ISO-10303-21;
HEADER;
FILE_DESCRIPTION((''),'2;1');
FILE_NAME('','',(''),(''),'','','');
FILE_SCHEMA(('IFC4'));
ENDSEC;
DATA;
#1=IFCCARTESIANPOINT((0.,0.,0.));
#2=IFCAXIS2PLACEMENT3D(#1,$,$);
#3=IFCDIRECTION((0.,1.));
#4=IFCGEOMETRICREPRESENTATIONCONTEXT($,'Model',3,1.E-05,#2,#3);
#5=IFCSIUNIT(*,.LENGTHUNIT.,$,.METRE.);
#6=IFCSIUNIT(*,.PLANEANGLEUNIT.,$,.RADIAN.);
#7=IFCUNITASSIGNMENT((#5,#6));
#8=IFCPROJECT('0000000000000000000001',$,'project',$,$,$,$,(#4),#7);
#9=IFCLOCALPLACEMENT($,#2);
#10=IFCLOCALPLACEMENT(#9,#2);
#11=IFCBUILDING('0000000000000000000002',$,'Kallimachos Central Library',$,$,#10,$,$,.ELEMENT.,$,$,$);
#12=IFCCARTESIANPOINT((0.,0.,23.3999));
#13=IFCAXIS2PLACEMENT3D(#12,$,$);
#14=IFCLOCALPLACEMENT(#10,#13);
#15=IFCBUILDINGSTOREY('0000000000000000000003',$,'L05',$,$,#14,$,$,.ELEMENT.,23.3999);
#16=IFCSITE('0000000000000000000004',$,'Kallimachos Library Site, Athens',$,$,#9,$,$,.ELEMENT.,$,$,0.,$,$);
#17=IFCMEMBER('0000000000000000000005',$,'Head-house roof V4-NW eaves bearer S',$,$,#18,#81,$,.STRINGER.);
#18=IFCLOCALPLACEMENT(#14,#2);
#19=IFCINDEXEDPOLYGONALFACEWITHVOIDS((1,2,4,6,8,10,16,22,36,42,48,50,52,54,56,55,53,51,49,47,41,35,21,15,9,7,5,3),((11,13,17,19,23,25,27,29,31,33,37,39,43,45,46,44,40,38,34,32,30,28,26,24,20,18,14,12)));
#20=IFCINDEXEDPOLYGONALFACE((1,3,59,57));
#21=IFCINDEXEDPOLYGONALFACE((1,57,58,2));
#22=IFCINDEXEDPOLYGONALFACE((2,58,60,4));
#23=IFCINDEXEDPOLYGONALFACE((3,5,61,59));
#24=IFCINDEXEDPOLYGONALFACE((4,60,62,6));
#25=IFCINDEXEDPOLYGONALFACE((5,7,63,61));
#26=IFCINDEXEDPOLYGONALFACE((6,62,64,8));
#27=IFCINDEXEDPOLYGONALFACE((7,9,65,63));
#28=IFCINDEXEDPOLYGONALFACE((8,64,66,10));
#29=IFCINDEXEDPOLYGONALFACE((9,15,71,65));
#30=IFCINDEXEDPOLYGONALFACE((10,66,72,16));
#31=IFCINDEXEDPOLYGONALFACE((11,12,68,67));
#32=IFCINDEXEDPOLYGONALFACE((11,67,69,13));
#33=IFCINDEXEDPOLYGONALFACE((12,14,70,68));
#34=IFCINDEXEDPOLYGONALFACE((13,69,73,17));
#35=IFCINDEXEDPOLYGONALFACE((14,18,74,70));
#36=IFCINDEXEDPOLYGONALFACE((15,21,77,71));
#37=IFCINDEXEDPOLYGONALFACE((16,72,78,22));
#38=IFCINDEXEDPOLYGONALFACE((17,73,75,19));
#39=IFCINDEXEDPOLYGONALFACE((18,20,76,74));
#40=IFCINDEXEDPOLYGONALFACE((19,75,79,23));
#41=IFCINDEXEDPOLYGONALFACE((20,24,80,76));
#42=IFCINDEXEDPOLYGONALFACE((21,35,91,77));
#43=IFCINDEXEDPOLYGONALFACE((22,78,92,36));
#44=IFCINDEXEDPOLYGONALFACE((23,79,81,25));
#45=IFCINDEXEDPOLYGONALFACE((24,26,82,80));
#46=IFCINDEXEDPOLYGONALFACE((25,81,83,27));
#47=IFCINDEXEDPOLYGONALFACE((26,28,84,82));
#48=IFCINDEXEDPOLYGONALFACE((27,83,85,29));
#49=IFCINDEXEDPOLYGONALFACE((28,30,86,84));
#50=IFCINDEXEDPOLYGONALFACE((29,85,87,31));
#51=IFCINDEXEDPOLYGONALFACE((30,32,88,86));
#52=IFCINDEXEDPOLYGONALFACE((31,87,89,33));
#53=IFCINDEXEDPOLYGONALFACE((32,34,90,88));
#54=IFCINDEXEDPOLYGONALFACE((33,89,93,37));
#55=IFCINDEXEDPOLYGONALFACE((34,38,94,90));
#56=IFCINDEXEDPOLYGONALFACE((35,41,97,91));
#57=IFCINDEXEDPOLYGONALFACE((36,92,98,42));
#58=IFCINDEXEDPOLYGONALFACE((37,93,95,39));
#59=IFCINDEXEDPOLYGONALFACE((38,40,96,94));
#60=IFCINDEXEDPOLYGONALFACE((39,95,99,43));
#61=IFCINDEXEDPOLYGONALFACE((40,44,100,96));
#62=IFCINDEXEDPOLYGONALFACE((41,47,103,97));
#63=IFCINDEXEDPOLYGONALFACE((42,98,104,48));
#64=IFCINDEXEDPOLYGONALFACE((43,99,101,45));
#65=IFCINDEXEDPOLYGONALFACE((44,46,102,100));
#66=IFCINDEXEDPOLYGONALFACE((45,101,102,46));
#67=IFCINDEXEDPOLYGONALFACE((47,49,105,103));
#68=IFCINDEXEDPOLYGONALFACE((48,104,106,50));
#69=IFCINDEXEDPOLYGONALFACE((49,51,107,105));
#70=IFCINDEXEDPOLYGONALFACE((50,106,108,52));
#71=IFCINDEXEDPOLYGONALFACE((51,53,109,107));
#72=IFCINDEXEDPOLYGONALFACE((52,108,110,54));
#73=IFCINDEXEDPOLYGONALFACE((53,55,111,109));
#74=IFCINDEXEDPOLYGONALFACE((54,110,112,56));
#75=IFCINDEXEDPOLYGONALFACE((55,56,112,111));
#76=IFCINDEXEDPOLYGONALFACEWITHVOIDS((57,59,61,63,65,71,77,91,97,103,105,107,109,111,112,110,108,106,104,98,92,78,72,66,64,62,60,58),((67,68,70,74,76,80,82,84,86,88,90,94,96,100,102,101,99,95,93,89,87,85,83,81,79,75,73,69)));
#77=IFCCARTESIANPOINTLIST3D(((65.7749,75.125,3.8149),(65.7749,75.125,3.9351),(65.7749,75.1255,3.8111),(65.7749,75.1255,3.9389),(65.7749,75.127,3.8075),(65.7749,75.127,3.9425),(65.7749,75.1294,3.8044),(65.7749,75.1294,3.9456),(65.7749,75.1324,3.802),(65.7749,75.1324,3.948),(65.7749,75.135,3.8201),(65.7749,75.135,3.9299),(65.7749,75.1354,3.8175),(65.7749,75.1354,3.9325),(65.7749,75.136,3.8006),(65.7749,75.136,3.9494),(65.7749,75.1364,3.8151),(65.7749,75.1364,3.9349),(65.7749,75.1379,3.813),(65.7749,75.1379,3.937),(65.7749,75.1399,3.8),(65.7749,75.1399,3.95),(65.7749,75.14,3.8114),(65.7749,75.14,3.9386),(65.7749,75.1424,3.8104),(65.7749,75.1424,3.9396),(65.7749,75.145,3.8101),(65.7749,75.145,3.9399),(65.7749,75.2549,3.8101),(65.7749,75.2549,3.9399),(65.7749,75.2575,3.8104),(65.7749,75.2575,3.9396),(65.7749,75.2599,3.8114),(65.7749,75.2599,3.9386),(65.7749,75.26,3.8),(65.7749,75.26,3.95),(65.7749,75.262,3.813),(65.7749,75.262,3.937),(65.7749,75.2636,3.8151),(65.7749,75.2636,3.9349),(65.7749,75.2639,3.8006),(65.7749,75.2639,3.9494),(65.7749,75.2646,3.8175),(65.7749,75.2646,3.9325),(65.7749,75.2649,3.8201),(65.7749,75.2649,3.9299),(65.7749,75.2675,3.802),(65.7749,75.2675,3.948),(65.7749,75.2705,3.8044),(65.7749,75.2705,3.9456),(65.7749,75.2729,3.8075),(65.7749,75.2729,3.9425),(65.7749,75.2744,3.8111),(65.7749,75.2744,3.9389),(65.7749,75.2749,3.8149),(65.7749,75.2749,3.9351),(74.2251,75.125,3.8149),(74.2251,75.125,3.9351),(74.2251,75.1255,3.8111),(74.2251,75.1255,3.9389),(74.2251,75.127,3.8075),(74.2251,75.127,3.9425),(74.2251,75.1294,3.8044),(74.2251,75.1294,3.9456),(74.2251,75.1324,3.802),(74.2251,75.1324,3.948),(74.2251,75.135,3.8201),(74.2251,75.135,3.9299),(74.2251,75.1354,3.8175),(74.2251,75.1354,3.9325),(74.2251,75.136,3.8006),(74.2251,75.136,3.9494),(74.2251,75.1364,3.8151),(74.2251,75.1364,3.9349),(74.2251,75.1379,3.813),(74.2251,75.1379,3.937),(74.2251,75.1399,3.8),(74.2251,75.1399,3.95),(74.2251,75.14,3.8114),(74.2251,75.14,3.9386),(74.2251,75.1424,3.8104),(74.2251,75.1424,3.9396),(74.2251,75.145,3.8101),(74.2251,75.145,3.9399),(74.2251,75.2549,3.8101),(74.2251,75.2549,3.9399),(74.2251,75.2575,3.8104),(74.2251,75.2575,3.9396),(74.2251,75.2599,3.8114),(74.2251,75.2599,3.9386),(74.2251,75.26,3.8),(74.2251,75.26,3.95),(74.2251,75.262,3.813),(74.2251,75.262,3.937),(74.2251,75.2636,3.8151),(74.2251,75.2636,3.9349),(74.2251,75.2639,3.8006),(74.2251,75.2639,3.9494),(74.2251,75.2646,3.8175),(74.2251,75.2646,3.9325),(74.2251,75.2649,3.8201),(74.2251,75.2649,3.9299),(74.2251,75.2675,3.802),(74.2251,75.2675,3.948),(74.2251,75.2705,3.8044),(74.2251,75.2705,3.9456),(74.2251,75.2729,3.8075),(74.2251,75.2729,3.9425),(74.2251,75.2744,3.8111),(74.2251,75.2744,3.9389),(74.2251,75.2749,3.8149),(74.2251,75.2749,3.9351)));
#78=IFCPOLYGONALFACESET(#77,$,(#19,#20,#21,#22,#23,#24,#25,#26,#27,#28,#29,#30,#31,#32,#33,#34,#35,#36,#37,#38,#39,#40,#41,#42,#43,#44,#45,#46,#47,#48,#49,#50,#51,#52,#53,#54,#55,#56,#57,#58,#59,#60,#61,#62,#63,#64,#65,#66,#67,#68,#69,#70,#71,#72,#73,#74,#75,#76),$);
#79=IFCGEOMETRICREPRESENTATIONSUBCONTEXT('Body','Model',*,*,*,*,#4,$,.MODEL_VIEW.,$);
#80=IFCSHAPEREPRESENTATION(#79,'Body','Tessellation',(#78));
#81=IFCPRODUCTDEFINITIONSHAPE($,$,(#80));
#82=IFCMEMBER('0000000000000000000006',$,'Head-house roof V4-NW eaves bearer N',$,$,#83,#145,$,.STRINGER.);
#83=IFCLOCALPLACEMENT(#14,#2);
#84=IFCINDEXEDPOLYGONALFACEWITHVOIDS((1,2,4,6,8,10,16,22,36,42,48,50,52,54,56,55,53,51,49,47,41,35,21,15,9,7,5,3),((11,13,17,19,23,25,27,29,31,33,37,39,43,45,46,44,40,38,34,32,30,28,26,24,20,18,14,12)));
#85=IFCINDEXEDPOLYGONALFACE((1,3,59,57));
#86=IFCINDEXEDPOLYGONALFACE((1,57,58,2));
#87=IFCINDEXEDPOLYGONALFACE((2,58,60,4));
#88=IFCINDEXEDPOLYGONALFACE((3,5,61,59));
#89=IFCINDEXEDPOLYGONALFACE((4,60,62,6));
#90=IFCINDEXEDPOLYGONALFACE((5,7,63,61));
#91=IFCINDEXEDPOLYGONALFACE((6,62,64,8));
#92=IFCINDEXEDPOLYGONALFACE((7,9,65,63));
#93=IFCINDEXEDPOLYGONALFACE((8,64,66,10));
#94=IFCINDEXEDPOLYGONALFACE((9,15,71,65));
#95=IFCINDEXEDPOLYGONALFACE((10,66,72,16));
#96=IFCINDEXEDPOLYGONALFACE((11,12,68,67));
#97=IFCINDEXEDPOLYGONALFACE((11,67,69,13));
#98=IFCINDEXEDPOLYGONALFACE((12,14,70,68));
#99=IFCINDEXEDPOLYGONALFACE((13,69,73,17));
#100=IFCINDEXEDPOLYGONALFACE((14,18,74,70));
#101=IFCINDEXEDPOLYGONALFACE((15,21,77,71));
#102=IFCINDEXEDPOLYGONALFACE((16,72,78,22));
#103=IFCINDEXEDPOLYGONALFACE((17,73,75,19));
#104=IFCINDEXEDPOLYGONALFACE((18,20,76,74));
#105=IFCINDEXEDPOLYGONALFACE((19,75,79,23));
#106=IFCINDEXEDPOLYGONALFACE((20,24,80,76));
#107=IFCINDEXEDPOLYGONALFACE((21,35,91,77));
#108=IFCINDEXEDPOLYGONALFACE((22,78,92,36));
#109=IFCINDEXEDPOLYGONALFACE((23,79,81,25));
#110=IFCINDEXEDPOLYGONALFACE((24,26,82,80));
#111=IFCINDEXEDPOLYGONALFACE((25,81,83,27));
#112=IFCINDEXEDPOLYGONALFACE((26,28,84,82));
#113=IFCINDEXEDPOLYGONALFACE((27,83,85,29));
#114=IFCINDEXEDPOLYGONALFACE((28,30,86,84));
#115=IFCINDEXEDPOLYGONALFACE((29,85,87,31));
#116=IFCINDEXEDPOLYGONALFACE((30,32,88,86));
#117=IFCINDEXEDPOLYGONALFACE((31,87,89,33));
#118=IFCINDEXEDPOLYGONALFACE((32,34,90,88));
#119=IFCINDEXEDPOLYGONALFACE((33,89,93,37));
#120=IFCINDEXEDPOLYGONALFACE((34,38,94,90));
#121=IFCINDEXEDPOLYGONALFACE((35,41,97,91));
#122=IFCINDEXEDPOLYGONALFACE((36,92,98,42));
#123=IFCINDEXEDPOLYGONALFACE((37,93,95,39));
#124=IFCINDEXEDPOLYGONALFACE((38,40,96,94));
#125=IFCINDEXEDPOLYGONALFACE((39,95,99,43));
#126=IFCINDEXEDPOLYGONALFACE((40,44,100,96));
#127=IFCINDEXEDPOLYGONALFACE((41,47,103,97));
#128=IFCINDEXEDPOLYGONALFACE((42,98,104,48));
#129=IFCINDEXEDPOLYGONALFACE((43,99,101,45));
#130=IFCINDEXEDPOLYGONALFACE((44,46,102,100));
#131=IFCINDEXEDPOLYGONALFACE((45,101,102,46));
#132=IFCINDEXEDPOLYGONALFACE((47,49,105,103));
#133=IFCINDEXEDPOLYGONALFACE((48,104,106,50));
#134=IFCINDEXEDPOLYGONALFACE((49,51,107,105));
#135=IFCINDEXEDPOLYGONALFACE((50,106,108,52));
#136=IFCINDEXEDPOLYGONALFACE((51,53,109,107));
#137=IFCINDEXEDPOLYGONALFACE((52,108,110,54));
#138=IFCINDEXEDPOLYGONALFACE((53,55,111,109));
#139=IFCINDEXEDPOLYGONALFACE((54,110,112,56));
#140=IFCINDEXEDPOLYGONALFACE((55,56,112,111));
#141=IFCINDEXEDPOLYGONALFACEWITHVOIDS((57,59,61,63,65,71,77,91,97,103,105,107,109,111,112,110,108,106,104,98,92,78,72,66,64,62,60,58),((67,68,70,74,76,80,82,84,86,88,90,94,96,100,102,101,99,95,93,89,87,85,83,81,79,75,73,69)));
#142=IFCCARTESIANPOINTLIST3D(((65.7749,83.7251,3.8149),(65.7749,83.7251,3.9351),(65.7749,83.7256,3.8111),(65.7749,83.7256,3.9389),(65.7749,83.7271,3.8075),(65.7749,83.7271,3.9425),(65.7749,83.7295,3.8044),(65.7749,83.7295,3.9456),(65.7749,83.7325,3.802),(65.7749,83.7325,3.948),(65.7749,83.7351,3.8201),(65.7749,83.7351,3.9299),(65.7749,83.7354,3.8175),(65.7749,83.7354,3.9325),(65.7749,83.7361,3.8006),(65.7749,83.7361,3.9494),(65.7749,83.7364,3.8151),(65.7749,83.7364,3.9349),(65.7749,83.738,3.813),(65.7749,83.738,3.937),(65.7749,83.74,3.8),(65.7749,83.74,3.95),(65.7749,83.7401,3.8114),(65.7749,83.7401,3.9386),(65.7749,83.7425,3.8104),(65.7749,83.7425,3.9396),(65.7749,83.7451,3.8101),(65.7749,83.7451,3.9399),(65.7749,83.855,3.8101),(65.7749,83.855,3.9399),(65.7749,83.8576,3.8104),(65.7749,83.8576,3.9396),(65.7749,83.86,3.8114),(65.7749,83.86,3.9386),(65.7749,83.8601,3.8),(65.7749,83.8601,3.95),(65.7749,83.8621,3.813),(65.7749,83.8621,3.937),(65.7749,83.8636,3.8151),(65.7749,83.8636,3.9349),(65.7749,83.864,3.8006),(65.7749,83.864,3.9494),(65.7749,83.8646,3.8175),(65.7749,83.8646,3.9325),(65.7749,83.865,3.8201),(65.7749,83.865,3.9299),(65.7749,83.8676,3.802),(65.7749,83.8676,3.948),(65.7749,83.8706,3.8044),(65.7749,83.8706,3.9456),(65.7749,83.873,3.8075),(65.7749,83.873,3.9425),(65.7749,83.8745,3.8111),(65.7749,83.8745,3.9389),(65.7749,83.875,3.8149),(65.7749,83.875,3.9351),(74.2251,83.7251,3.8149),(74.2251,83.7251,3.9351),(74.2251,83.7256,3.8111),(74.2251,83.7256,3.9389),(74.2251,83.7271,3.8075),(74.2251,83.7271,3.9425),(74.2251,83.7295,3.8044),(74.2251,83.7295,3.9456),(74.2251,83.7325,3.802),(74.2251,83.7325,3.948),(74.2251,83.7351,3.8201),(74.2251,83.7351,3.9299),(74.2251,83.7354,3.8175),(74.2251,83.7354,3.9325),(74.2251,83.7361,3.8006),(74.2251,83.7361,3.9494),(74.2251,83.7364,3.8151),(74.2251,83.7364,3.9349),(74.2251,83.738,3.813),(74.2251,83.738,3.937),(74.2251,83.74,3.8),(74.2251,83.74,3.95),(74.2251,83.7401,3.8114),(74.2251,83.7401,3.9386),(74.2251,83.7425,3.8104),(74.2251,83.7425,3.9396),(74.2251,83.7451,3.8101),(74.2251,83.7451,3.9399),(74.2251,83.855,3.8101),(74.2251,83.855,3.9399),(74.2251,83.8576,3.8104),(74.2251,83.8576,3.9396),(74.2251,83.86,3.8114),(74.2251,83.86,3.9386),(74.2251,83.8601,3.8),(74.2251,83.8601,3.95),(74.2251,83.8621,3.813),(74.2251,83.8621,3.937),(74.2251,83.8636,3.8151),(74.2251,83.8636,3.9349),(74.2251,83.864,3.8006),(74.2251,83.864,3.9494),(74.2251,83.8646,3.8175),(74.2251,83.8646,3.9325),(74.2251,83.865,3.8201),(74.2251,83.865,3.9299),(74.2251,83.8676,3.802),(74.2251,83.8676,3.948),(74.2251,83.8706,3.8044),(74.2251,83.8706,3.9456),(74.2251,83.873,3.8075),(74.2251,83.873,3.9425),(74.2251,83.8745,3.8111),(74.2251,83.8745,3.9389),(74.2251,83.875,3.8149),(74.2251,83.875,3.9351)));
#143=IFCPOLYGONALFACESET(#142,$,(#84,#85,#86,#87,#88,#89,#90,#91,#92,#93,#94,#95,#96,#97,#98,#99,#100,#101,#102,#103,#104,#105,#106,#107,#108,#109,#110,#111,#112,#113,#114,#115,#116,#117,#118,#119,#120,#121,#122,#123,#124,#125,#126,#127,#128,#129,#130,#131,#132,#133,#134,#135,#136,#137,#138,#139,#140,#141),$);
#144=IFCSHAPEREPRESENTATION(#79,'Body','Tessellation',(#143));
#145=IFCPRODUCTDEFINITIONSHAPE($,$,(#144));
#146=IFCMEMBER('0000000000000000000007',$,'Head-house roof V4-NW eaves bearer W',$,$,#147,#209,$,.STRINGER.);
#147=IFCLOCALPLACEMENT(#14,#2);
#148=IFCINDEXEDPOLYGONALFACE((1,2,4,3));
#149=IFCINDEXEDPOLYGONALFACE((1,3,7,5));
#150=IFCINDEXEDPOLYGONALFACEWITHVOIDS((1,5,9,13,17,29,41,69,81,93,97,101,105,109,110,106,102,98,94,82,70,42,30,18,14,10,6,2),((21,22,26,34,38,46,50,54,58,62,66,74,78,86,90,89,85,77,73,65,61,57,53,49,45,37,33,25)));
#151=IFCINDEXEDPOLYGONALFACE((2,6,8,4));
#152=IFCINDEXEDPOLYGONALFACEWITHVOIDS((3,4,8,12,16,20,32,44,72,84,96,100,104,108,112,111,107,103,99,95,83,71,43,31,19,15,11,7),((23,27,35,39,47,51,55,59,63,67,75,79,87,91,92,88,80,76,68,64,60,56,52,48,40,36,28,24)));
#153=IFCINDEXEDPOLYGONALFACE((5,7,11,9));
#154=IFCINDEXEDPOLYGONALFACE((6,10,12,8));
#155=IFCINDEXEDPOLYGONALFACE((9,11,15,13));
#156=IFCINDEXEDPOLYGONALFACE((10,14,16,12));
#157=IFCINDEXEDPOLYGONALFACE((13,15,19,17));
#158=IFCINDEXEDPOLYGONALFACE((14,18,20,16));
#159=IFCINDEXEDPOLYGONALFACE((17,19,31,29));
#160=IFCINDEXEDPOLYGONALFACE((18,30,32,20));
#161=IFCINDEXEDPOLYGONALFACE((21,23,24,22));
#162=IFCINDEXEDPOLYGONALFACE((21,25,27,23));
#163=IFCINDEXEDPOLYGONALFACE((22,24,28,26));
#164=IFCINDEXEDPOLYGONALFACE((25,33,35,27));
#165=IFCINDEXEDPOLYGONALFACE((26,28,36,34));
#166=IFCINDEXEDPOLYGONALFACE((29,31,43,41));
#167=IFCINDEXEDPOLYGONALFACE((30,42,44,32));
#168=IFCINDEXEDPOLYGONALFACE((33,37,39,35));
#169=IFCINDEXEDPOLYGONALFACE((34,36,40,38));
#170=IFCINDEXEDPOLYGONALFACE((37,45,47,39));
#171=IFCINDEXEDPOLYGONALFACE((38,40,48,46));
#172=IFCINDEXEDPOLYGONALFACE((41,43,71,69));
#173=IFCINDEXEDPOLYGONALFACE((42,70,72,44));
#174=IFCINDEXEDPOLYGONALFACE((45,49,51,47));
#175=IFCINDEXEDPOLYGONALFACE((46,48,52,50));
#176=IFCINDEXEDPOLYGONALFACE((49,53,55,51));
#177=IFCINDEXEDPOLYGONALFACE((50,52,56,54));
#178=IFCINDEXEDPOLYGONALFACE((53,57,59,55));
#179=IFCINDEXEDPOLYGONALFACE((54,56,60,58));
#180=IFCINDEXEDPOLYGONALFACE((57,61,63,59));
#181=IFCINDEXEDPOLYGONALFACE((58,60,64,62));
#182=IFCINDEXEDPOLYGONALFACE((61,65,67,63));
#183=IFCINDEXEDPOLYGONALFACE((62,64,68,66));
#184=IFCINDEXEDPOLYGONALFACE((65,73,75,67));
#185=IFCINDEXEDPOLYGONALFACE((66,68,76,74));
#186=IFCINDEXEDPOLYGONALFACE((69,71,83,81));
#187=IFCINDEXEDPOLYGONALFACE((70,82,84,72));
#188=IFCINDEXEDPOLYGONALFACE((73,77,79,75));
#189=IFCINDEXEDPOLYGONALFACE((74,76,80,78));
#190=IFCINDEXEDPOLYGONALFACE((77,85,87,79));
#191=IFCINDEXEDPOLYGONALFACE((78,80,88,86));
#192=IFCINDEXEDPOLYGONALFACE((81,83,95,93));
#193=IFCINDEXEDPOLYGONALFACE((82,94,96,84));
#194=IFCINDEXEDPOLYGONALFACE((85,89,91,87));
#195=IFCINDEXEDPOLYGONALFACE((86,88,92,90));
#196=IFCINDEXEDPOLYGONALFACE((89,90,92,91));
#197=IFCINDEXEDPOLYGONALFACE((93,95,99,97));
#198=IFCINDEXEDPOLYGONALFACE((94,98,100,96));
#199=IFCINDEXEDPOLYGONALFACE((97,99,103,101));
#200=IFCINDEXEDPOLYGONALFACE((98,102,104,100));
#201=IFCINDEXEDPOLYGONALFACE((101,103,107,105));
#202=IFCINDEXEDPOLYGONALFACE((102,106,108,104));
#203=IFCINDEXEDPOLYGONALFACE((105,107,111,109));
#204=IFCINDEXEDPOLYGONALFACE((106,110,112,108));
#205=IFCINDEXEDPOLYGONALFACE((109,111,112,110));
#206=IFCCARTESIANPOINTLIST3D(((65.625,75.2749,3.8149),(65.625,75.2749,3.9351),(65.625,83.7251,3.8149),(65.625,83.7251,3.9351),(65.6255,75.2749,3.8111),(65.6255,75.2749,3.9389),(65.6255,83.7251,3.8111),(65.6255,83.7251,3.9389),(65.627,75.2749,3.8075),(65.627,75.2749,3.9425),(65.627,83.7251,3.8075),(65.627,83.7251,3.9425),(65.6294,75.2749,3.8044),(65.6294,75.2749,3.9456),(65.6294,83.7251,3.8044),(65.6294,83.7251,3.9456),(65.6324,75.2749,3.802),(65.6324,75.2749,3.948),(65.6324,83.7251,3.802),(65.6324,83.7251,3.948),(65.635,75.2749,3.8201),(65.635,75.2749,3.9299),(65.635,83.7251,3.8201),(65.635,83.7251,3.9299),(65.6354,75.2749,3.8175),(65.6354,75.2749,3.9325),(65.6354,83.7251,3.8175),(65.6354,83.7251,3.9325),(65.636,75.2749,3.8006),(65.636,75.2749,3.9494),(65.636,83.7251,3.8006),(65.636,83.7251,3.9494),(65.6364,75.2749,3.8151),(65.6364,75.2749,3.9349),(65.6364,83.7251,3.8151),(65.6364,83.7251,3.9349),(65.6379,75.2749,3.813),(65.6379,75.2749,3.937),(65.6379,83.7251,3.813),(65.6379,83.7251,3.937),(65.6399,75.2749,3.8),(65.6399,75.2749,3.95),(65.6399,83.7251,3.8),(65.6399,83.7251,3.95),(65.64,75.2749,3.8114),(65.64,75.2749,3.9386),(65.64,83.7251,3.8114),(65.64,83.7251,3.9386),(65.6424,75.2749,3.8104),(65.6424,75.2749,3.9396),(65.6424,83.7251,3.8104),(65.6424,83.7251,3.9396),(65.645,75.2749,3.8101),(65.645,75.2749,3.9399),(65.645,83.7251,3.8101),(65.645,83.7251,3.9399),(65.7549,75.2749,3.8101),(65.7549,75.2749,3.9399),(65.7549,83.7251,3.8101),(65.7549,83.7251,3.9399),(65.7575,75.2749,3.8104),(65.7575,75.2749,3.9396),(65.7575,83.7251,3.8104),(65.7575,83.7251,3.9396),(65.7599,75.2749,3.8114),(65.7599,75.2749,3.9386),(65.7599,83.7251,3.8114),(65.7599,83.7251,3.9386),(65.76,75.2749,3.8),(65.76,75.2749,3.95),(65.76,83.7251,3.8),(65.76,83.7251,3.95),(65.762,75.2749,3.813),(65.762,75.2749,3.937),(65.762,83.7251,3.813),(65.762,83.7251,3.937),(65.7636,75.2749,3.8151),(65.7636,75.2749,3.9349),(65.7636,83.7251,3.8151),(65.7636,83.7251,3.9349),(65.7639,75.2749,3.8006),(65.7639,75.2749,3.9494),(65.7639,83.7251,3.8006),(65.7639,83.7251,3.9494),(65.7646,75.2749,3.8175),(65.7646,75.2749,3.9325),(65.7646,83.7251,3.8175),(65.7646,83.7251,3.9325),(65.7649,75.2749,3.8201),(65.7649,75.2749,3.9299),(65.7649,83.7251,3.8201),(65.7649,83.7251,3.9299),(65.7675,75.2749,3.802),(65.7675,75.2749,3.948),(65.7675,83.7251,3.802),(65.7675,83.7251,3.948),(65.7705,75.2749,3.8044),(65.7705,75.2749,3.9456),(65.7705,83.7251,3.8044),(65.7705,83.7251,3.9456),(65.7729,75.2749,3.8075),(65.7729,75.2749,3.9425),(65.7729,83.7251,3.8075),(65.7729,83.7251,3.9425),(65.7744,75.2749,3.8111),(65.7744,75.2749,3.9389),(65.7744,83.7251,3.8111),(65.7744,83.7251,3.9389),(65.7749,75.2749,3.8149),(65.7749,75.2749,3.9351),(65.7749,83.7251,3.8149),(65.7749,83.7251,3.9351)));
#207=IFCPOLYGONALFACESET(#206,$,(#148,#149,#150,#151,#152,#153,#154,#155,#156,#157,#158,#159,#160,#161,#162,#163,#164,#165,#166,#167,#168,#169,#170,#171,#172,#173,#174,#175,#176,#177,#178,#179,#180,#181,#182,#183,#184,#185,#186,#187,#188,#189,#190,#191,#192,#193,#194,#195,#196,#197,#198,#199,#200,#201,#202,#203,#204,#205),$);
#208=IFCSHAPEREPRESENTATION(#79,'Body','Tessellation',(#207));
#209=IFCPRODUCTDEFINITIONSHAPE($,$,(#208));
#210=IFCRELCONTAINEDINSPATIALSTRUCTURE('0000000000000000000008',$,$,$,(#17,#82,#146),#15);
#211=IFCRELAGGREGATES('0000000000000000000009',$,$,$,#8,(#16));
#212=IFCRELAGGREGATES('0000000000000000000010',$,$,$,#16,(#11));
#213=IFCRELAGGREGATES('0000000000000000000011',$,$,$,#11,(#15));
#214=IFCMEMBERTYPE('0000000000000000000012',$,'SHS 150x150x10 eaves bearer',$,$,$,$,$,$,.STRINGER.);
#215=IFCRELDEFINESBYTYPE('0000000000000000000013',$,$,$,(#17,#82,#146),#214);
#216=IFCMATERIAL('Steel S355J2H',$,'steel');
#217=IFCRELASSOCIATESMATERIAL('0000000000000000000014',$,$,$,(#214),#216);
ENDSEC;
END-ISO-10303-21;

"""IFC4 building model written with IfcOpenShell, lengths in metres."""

from ifc_helpers import new_model, si_unit, direction, frame, origin, origin_2d, place, context, subcontext, project, spatial, hollow_rectangle, extrude, material, material_profile, profile_set, type_object, element, save


model = new_model("IFC4")

# Units and contexts
model_context = context("Model", 3, precision=1e-05, world=origin(), true_north=direction((0.0, 1.0)))
body_context = subcontext(model_context, "Body", "Model", "MODEL_VIEW")
ifc_project = project(units=[si_unit("LENGTHUNIT", "METRE"), si_unit("PLANEANGLEUNIT", "RADIAN")], contexts=[model_context])

# Site, building, storey
site_placement = place(None, origin())
site = spatial("IfcSite", under=ifc_project, at=site_placement, Name="Kallimachos Library Site, Athens", CompositionType="ELEMENT", RefElevation=0.0)
building_placement = place(site_placement, origin())
building = spatial("IfcBuilding", under=site, at=building_placement, Name="Kallimachos Central Library", CompositionType="ELEMENT")
storey_placement = place(building_placement, frame((0.0, 0.0, 23.3999)))
storey = spatial("IfcBuildingStorey", under=building, at=storey_placement, Name="L05", CompositionType="ELEMENT", Elevation=23.3999)

# Members
ifc_material_1 = material(Name="Steel S355J2H", Category="steel")
ifc_material_profile_1 = material_profile(ifc_material_1, hollow_rectangle(XDim=0.1499, YDim=0.1499, WallThickness=0.01, InnerFilletRadius=0.01, OuterFilletRadius=0.0149, at=origin_2d()), Name="SHS 150x150x10")
ifc_profile_set_1 = profile_set([ifc_material_profile_1], Name="Steel S355J2H")
member_type_1 = type_object("IfcMemberType", Name="SHS 150x150x10 eaves bearer", PredefinedType="STRINGER", material=ifc_profile_set_1)
for number, where, z_axis, x_axis, name in (
    (1, (65.7749, 75.2, 3.875), (1.0, 0.0, 0.0), (0.0, 1.0, 0.0), "Head-house roof V4-NW eaves bearer S"),
    (2, (65.7749, 83.8, 3.875), (1.0, 0.0, 0.0), (0.0, 1.0, 0.0), "Head-house roof V4-NW eaves bearer N"),
    (3, (65.7, 75.2749, 3.875), (0.0, 1.0, 0.0), (-1.0, 0.0, 0.0), "Head-house roof V4-NW eaves bearer W"),
):
    element("IfcMember", number, at=place(storey_placement, frame(where, z_axis=z_axis, x_axis=x_axis)), inside=storey, type_object=member_type_1, Name=name, PredefinedType="STRINGER", context=body_context, shape_type="SweptSolid", body=[
        extrude(hollow_rectangle(XDim=0.1499, YDim=0.1499, WallThickness=0.01, InnerFilletRadius=0.01, OuterFilletRadius=0.0149, at=origin_2d()), origin(), (0.0, 0.0, 1.0), 8.4502),
    ])

save(model, "model.ifc")
